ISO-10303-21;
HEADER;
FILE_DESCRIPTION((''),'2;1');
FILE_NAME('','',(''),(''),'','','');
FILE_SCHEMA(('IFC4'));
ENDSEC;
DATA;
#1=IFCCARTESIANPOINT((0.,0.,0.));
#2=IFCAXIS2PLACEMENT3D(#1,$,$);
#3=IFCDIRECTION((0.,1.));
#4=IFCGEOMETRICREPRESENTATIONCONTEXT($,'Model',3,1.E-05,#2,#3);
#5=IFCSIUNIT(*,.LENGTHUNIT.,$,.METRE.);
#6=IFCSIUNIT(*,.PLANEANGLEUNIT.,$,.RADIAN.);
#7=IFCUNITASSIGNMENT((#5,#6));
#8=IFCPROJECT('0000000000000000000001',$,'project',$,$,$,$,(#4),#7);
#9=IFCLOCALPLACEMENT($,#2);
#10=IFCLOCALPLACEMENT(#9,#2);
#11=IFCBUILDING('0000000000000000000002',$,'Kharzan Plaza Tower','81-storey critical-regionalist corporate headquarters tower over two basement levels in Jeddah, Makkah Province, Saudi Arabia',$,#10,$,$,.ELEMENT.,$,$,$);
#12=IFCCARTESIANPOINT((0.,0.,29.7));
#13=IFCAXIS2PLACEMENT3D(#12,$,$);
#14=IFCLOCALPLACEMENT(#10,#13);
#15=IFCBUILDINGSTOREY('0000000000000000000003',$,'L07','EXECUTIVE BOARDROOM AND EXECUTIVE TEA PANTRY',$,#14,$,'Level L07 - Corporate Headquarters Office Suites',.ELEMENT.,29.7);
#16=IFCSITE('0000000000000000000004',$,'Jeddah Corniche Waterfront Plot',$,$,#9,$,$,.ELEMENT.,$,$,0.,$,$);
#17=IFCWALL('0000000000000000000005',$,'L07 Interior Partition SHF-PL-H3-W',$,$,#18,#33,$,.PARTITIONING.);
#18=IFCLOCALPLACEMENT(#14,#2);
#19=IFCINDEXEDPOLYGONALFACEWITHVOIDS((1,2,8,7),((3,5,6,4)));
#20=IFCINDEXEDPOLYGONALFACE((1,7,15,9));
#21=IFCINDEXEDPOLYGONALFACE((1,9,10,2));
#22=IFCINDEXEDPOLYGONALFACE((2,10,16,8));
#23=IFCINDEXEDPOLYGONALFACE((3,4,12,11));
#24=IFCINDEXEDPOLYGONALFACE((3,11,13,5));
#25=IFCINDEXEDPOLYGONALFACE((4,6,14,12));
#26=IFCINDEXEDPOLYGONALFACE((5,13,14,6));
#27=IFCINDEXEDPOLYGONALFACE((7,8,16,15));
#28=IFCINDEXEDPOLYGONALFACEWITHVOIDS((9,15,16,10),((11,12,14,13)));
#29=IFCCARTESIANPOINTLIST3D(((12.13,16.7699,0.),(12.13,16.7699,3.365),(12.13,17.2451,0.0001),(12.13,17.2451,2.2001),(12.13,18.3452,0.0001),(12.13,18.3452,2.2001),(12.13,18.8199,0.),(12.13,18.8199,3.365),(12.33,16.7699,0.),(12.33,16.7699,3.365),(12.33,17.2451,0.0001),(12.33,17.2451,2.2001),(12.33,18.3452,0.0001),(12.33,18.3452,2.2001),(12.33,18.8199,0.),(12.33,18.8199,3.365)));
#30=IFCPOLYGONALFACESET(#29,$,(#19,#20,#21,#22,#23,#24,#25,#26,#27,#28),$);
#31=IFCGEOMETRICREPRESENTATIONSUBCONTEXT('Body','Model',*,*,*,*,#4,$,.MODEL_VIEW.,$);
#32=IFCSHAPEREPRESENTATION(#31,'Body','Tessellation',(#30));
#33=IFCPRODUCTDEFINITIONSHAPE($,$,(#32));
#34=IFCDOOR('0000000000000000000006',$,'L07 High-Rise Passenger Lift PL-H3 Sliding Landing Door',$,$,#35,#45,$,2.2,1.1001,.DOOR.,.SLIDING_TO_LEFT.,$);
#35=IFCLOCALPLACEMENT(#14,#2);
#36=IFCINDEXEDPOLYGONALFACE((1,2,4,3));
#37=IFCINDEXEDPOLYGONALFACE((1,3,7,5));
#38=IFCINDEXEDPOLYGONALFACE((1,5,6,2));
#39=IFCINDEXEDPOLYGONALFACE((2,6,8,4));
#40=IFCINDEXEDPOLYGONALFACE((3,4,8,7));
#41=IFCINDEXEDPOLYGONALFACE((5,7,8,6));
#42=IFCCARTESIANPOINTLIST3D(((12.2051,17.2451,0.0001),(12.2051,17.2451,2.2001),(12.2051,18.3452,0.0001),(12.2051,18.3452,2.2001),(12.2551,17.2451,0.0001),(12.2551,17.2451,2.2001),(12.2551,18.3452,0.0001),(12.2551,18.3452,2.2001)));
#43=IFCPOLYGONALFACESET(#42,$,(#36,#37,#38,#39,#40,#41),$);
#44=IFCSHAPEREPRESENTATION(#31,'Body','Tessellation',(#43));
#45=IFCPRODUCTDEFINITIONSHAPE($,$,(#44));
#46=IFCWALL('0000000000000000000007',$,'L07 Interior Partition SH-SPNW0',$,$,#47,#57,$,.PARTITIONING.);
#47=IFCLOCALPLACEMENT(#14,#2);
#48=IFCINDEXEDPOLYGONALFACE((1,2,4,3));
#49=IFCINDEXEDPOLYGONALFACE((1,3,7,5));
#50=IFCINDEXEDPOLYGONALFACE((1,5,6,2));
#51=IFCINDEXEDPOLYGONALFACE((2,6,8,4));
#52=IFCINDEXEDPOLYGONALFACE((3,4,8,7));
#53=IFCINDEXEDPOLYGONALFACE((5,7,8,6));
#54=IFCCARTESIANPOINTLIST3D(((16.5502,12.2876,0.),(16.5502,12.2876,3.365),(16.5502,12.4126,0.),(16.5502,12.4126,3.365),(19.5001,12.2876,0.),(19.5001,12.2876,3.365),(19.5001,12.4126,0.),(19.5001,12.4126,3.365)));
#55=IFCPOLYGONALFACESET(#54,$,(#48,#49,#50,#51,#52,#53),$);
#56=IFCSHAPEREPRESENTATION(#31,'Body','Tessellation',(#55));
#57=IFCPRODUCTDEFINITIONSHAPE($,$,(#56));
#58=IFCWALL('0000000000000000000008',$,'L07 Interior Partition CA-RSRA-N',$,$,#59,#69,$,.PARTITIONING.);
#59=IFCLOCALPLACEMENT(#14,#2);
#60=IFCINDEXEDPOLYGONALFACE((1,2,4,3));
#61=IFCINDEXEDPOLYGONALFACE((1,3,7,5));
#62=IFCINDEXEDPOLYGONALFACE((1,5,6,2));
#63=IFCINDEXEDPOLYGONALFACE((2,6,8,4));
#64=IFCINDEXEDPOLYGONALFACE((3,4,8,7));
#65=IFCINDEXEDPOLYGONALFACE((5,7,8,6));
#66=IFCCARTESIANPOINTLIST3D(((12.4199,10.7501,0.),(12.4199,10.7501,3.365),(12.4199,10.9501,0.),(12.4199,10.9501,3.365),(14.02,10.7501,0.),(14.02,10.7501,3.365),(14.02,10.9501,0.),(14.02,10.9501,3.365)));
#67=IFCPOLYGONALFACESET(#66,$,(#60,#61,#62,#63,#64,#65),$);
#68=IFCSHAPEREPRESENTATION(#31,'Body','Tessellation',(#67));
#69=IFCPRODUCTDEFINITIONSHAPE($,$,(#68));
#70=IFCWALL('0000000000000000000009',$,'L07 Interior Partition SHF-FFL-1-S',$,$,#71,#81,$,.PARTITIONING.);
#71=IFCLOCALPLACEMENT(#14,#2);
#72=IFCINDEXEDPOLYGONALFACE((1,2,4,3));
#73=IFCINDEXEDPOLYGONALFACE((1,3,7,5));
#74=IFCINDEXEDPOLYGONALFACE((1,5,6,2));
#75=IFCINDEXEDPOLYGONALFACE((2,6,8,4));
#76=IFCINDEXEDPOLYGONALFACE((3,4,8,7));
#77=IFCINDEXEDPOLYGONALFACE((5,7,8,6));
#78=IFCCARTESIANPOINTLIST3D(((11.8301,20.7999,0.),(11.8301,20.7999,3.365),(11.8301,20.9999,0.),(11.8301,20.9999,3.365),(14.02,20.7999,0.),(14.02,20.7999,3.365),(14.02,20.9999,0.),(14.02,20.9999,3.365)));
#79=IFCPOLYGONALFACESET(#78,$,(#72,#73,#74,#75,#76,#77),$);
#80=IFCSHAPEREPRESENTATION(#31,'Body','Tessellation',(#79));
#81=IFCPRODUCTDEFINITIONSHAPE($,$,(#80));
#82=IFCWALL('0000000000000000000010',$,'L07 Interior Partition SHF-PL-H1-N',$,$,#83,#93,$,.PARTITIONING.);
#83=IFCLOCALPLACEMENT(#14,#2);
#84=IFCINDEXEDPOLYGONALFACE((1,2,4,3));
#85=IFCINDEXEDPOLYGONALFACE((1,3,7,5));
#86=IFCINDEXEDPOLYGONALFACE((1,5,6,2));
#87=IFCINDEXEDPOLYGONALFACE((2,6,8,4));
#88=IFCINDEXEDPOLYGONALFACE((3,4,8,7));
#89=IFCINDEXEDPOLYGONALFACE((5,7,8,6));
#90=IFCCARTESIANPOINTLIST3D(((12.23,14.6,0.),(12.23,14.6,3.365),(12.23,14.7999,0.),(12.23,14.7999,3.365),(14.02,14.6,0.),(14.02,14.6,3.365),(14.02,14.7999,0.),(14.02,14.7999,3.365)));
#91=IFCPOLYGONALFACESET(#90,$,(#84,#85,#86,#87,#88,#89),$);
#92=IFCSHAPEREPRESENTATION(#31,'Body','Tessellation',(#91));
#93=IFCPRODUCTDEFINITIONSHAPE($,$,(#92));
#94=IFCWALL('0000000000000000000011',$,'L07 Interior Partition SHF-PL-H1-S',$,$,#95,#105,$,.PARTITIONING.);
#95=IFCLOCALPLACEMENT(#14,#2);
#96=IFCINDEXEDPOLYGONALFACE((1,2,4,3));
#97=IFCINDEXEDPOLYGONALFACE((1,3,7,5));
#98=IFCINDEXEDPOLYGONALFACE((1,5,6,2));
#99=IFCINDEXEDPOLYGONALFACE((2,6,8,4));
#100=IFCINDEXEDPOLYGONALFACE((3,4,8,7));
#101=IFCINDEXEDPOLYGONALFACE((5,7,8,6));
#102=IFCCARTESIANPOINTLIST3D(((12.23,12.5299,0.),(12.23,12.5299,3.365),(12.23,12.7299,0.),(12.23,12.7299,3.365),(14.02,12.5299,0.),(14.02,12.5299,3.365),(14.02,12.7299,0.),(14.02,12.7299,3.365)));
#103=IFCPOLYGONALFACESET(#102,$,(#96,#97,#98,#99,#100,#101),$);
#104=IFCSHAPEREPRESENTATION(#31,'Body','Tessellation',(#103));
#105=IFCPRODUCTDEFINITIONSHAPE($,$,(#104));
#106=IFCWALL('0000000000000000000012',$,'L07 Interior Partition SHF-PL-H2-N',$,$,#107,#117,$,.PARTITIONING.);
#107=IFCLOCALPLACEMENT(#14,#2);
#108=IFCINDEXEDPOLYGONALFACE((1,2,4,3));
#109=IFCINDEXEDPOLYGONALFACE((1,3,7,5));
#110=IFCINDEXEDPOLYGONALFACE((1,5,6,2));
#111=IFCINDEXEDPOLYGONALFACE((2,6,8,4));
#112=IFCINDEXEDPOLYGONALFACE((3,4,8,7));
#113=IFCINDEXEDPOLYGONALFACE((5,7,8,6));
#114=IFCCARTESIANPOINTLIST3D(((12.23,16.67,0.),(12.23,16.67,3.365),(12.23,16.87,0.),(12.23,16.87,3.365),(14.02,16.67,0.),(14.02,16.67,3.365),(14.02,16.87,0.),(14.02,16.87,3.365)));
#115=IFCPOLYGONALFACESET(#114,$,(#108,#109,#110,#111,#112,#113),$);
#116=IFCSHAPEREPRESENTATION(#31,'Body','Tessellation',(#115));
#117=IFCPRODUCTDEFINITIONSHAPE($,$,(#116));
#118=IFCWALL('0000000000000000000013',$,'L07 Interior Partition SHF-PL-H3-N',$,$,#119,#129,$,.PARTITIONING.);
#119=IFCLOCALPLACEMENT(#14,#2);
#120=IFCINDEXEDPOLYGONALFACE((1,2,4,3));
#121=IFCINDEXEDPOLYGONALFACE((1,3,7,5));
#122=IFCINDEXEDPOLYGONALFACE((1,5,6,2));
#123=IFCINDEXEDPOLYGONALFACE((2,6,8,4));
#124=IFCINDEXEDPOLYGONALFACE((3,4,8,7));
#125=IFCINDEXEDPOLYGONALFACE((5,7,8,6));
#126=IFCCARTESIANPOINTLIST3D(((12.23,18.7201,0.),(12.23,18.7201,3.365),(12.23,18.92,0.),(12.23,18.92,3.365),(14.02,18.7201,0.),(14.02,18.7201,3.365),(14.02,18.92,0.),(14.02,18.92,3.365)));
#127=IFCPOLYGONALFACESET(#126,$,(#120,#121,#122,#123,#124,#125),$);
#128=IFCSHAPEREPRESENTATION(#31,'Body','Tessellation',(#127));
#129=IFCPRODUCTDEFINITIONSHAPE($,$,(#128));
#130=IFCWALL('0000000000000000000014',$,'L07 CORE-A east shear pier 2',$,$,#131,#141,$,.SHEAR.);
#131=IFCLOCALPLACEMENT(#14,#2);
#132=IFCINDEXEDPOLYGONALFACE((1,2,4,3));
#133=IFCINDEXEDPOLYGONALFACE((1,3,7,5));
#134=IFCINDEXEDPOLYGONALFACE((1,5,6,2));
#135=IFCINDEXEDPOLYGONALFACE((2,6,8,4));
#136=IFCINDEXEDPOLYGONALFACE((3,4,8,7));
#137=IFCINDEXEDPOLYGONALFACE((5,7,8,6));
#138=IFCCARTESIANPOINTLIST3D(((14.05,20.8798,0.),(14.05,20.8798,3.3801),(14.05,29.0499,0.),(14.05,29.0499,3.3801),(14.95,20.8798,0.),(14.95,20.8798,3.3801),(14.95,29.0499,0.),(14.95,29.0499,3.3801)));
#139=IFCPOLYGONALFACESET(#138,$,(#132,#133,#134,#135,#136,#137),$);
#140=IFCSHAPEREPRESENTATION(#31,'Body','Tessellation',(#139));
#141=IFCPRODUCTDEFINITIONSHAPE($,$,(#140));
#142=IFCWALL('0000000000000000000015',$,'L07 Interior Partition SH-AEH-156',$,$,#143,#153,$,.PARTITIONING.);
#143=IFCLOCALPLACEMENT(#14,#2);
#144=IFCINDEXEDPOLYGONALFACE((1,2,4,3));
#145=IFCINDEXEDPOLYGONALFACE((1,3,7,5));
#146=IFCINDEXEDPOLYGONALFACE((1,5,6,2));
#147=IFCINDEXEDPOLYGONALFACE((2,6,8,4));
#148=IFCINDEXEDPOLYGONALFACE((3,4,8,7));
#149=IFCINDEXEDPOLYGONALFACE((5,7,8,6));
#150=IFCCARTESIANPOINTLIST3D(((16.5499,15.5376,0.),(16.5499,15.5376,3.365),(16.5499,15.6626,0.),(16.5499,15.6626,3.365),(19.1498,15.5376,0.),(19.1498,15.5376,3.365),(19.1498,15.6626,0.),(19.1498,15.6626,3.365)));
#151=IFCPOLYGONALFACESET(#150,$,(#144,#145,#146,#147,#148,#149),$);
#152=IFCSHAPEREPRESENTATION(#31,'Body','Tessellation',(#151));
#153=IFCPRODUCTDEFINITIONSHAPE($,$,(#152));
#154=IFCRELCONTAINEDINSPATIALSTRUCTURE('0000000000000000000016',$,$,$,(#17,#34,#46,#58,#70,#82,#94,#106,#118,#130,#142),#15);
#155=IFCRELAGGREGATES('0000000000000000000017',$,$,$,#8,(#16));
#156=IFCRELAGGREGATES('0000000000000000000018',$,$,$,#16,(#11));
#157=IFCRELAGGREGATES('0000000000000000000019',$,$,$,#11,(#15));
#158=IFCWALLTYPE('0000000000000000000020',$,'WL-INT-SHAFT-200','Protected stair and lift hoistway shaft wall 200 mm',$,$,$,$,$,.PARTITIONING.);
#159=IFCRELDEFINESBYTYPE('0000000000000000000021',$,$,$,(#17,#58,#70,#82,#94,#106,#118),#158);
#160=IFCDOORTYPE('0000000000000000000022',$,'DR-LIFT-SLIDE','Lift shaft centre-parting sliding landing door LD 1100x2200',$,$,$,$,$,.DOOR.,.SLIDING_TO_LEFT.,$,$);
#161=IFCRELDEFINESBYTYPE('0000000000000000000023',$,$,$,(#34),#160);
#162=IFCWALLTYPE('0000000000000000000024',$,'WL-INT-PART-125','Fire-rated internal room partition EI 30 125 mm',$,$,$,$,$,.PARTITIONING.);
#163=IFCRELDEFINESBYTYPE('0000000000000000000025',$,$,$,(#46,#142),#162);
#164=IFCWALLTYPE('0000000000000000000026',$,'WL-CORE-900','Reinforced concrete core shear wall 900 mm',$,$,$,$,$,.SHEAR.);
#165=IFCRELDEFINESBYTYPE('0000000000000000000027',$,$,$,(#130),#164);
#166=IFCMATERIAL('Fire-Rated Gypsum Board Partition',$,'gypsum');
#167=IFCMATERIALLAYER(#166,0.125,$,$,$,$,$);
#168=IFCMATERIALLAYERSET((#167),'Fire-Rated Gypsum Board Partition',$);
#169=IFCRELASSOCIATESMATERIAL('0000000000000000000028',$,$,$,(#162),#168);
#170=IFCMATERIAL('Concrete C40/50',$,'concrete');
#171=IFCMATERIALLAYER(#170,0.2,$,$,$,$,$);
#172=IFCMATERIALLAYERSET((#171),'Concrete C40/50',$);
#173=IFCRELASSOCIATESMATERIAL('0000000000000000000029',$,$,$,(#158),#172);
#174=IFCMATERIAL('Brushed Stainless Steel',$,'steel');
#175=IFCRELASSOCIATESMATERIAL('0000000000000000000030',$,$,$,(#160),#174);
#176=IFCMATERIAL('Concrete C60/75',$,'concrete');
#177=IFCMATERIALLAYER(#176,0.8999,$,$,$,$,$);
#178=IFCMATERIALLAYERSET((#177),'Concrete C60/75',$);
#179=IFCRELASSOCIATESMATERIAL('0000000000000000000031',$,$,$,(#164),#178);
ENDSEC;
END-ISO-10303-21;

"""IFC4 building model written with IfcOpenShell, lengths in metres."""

from ifc_helpers import new_model, si_unit, direction, frame, frame_2d, origin, place, context, subcontext, project, spatial, rectangle, extrude, source, transform, mapped, material, layer, layer_set, type_object, element, fill, save


model = new_model("IFC4")

# Units and contexts
model_context = context("Model", 3, precision=1e-05, world=origin(), true_north=direction((0.0, 1.0)))
body_context = subcontext(model_context, "Body", "Model", "MODEL_VIEW")
ifc_project = project(units=[si_unit("LENGTHUNIT", "METRE"), si_unit("PLANEANGLEUNIT", "RADIAN")], contexts=[model_context])

# Site, building, storey
site_placement = place(None, origin())
site = spatial("IfcSite", under=ifc_project, at=site_placement, Name="Jeddah Corniche Waterfront Plot", CompositionType="ELEMENT", RefElevation=0.0)
building_placement = place(site_placement, origin())
building = spatial("IfcBuilding", under=site, at=building_placement, Name="Kharzan Plaza Tower", Description="81-storey critical-regionalist corporate headquarters tower over two basement levels in Jeddah, Makkah Province, Saudi Arabia", CompositionType="ELEMENT")
storey_placement = place(building_placement, frame((0.0, 0.0, 29.7)))
storey = spatial("IfcBuildingStorey", under=building, at=storey_placement, Name="L07", Description="EXECUTIVE BOARDROOM AND EXECUTIVE TEA PANTRY", LongName="Level L07 - Corporate Headquarters Office Suites", CompositionType="ELEMENT", Elevation=29.7)

# Shared definitions
ifc_material_1 = material(Name="Concrete C60/75", Category="concrete")

# Wall, opening, door
ifc_material_2 = material(Name="Fire-Rated Gypsum Board Partition", Category="gypsum")
ifc_layer_1 = layer(ifc_material_2, 0.125)
ifc_layer_set_1 = layer_set([ifc_layer_1], Name="Fire-Rated Gypsum Board Partition")
wall_type_1 = type_object("IfcWallType", Name="WL-INT-PART-125", Description="Fire-rated internal room partition EI 30 125 mm", PredefinedType="PARTITIONING", material=ifc_layer_set_1)
ifc_material_3 = material(Name="Concrete C40/50", Category="concrete")
ifc_layer_2 = layer(ifc_material_3, 0.2)
ifc_layer_set_2 = layer_set([ifc_layer_2], Name="Concrete C40/50")
wall_type_2 = type_object("IfcWallType", Name="WL-INT-SHAFT-200", Description="Protected stair and lift hoistway shaft wall 200 mm", PredefinedType="PARTITIONING", material=ifc_layer_set_2)
ifc_material_4 = material(Name="Brushed Stainless Steel", Category="steel")
door_type_1 = type_object("IfcDoorType", Name="DR-LIFT-SLIDE", Description="Lift shaft centre-parting sliding landing door LD 1100x2200", OperationType="SLIDING_TO_LEFT", PredefinedType="DOOR", material=ifc_material_4)
shared_shape_1 = source(origin(), body_context, "Body", "SweptSolid", [
    extrude(rectangle(XDim=1.1001, YDim=2.2, at=frame_2d((0.55, 1.1001))), frame((0.0, 0.0249, 0.0), z_axis=(0.0, -1.0, 0.0), x_axis=(1.0, 0.0, 0.0)), (0.0, 0.0, 1.0), 0.05),
])
wall_1_placement = place(storey_placement, frame((12.23, 16.77, 0.0), z_axis=(0.0, 0.0, 1.0), x_axis=(0.0, 1.0, 0.0)))
wall_1 = element("IfcWall", 1, at=wall_1_placement, inside=storey, type_object=wall_type_2, Name="L07 Interior Partition SHF-PL-H3-W", PredefinedType="PARTITIONING", context=body_context, shape_type="SweptSolid", body=[
    extrude(rectangle(XDim=2.05, YDim=0.2, at=frame_2d((1.0249, 0.0))), origin(), (0.0, 0.0, 1.0), 3.365),
])
opening_1_placement = place(wall_1_placement, frame((0.4751, 0.0, 0.0)))
opening_1 = element("IfcOpeningElement", 2, at=opening_1_placement, cuts=wall_1, PredefinedType="OPENING", context=body_context, shape_type="SweptSolid", body=[
    extrude(rectangle(XDim=1.1001, YDim=2.2, at=frame_2d((0.55, 1.1001))), frame((0.0, 0.1099, 0.0), z_axis=(0.0, -1.0, 0.0), x_axis=(1.0, 0.0, 0.0)), (0.0, 0.0, 1.0), 0.22),
])
door_1_placement = place(opening_1_placement, origin())
door_1 = element("IfcDoor", 3, at=door_1_placement, inside=storey, type_object=door_type_1, Name="L07 High-Rise Passenger Lift PL-H3 Sliding Landing Door", OperationType="SLIDING_TO_LEFT", OverallHeight=2.2, OverallWidth=1.1001, PredefinedType="DOOR", context=body_context, shape_type="MappedRepresentation", body=[
    mapped(shared_shape_1, transform((0.0, 0.0, 0.0), x_axis=(1.0, 0.0, 0.0), y_axis=(0.0, 1.0, 0.0), z_axis=(0.0, 0.0, 1.0))),
])
fill(opening_1, door_1)

# Walls
shared_shape_2 = source(origin(), body_context, "Body", "SweptSolid", [
    extrude(rectangle(XDim=2.95, YDim=0.125, at=frame_2d((1.4751, 0.0))), origin(), (0.0, 0.0, 1.0), 3.365),
])
wall_2_placement = place(storey_placement, frame((16.55, 12.3501, 0.0), z_axis=(0.0, 0.0, 1.0), x_axis=(1.0, 0.0, 0.0)))
element("IfcWall", 4, at=wall_2_placement, inside=storey, type_object=wall_type_1, Name="L07 Interior Partition SH-SPNW0", PredefinedType="PARTITIONING", context=body_context, shape_type="MappedRepresentation", body=[
    mapped(shared_shape_2, transform((0.0, 0.0, 0.0), x_axis=(1.0, 0.0, 0.0), y_axis=(0.0, 1.0, 0.0), z_axis=(0.0, 0.0, 1.0))),
])
shared_shape_3 = source(origin(), body_context, "Body", "SweptSolid", [
    extrude(rectangle(XDim=1.6001, YDim=0.2, at=frame_2d((0.8, 0.0))), origin(), (0.0, 0.0, 1.0), 3.365),
])
wall_3_placement = place(storey_placement, frame((12.4199, 10.8501, 0.0), z_axis=(0.0, 0.0, 1.0), x_axis=(1.0, 0.0, 0.0)))
element("IfcWall", 5, at=wall_3_placement, inside=storey, type_object=wall_type_2, Name="L07 Interior Partition CA-RSRA-N", PredefinedType="PARTITIONING", context=body_context, shape_type="MappedRepresentation", body=[
    mapped(shared_shape_3, transform((0.0, 0.0, 0.0), x_axis=(1.0, 0.0, 0.0), y_axis=(0.0, 1.0, 0.0), z_axis=(0.0, 0.0, 1.0))),
])
shared_shape_4 = source(origin(), body_context, "Body", "SweptSolid", [
    extrude(rectangle(XDim=2.1899, YDim=0.2, at=frame_2d((1.095, 0.0))), origin(), (0.0, 0.0, 1.0), 3.365),
])
wall_4_placement = place(storey_placement, frame((11.8301, 20.8999, 0.0), z_axis=(0.0, 0.0, 1.0), x_axis=(1.0, 0.0, 0.0)))
element("IfcWall", 6, at=wall_4_placement, inside=storey, type_object=wall_type_2, Name="L07 Interior Partition SHF-FFL-1-S", PredefinedType="PARTITIONING", context=body_context, shape_type="MappedRepresentation", body=[
    mapped(shared_shape_4, transform((0.0, 0.0, 0.0), x_axis=(1.0, 0.0, 0.0), y_axis=(0.0, 1.0, 0.0), z_axis=(0.0, 0.0, 1.0))),
])
shared_shape_5 = source(origin(), body_context, "Body", "SweptSolid", [
    extrude(rectangle(XDim=1.79, YDim=0.2, at=frame_2d((0.895, 0.0))), origin(), (0.0, 0.0, 1.0), 3.365),
])
for number, where, z_axis, x_axis, name in (
    (7, (12.23, 14.7, 0.0), (0.0, 0.0, 1.0), (1.0, 0.0, 0.0), "L07 Interior Partition SHF-PL-H1-N"),
    (8, (12.23, 12.6299, 0.0), (0.0, 0.0, 1.0), (1.0, 0.0, 0.0), "L07 Interior Partition SHF-PL-H1-S"),
    (9, (12.23, 16.77, 0.0), (0.0, 0.0, 1.0), (1.0, 0.0, 0.0), "L07 Interior Partition SHF-PL-H2-N"),
    (10, (12.23, 18.8201, 0.0), (0.0, 0.0, 1.0), (1.0, 0.0, 0.0), "L07 Interior Partition SHF-PL-H3-N"),
):
    element("IfcWall", number, at=place(storey_placement, frame(where, z_axis=z_axis, x_axis=x_axis)), inside=storey, type_object=wall_type_2, Name=name, PredefinedType="PARTITIONING", context=body_context, shape_type="MappedRepresentation", body=[
        mapped(shared_shape_5, transform((0.0, 0.0, 0.0), x_axis=(1.0, 0.0, 0.0), y_axis=(0.0, 1.0, 0.0), z_axis=(0.0, 0.0, 1.0))),
    ])
ifc_layer_3 = layer(ifc_material_1, 0.8999)
ifc_layer_set_3 = layer_set([ifc_layer_3], Name="Concrete C60/75")
wall_type_3 = type_object("IfcWallType", Name="WL-CORE-900", Description="Reinforced concrete core shear wall 900 mm", PredefinedType="SHEAR", material=ifc_layer_set_3)
shared_shape_6 = source(origin(), body_context, "Body", "SweptSolid", [
    extrude(rectangle(XDim=8.1702, YDim=0.8999, at=frame_2d((4.085, 0.0))), origin(), (0.0, 0.0, 1.0), 3.3801),
])
wall_5_placement = place(storey_placement, frame((14.5, 20.8799, 0.0), z_axis=(0.0, 0.0, 1.0), x_axis=(0.0, 1.0, 0.0)))
element("IfcWall", 11, at=wall_5_placement, inside=storey, type_object=wall_type_3, Name="L07 CORE-A east shear pier 2", PredefinedType="SHEAR", context=body_context, shape_type="MappedRepresentation", body=[
    mapped(shared_shape_6, transform((0.0, 0.0, 0.0), x_axis=(1.0, 0.0, 0.0), y_axis=(0.0, 1.0, 0.0), z_axis=(0.0, 0.0, 1.0))),
])
shared_shape_7 = source(origin(), body_context, "Body", "SweptSolid", [
    extrude(rectangle(XDim=2.5999, YDim=0.125, at=frame_2d((1.2998, 0.0))), origin(), (0.0, 0.0, 1.0), 3.365),
])
wall_6_placement = place(storey_placement, frame((16.55, 15.6001, 0.0), z_axis=(0.0, 0.0, 1.0), x_axis=(1.0, 0.0, 0.0)))
element("IfcWall", 12, at=wall_6_placement, inside=storey, type_object=wall_type_1, Name="L07 Interior Partition SH-AEH-156", PredefinedType="PARTITIONING", context=body_context, shape_type="MappedRepresentation", body=[
    mapped(shared_shape_7, transform((0.0, 0.0, 0.0), x_axis=(1.0, 0.0, 0.0), y_axis=(0.0, 1.0, 0.0), z_axis=(0.0, 0.0, 1.0))),
])

save(model, "model.ifc")
